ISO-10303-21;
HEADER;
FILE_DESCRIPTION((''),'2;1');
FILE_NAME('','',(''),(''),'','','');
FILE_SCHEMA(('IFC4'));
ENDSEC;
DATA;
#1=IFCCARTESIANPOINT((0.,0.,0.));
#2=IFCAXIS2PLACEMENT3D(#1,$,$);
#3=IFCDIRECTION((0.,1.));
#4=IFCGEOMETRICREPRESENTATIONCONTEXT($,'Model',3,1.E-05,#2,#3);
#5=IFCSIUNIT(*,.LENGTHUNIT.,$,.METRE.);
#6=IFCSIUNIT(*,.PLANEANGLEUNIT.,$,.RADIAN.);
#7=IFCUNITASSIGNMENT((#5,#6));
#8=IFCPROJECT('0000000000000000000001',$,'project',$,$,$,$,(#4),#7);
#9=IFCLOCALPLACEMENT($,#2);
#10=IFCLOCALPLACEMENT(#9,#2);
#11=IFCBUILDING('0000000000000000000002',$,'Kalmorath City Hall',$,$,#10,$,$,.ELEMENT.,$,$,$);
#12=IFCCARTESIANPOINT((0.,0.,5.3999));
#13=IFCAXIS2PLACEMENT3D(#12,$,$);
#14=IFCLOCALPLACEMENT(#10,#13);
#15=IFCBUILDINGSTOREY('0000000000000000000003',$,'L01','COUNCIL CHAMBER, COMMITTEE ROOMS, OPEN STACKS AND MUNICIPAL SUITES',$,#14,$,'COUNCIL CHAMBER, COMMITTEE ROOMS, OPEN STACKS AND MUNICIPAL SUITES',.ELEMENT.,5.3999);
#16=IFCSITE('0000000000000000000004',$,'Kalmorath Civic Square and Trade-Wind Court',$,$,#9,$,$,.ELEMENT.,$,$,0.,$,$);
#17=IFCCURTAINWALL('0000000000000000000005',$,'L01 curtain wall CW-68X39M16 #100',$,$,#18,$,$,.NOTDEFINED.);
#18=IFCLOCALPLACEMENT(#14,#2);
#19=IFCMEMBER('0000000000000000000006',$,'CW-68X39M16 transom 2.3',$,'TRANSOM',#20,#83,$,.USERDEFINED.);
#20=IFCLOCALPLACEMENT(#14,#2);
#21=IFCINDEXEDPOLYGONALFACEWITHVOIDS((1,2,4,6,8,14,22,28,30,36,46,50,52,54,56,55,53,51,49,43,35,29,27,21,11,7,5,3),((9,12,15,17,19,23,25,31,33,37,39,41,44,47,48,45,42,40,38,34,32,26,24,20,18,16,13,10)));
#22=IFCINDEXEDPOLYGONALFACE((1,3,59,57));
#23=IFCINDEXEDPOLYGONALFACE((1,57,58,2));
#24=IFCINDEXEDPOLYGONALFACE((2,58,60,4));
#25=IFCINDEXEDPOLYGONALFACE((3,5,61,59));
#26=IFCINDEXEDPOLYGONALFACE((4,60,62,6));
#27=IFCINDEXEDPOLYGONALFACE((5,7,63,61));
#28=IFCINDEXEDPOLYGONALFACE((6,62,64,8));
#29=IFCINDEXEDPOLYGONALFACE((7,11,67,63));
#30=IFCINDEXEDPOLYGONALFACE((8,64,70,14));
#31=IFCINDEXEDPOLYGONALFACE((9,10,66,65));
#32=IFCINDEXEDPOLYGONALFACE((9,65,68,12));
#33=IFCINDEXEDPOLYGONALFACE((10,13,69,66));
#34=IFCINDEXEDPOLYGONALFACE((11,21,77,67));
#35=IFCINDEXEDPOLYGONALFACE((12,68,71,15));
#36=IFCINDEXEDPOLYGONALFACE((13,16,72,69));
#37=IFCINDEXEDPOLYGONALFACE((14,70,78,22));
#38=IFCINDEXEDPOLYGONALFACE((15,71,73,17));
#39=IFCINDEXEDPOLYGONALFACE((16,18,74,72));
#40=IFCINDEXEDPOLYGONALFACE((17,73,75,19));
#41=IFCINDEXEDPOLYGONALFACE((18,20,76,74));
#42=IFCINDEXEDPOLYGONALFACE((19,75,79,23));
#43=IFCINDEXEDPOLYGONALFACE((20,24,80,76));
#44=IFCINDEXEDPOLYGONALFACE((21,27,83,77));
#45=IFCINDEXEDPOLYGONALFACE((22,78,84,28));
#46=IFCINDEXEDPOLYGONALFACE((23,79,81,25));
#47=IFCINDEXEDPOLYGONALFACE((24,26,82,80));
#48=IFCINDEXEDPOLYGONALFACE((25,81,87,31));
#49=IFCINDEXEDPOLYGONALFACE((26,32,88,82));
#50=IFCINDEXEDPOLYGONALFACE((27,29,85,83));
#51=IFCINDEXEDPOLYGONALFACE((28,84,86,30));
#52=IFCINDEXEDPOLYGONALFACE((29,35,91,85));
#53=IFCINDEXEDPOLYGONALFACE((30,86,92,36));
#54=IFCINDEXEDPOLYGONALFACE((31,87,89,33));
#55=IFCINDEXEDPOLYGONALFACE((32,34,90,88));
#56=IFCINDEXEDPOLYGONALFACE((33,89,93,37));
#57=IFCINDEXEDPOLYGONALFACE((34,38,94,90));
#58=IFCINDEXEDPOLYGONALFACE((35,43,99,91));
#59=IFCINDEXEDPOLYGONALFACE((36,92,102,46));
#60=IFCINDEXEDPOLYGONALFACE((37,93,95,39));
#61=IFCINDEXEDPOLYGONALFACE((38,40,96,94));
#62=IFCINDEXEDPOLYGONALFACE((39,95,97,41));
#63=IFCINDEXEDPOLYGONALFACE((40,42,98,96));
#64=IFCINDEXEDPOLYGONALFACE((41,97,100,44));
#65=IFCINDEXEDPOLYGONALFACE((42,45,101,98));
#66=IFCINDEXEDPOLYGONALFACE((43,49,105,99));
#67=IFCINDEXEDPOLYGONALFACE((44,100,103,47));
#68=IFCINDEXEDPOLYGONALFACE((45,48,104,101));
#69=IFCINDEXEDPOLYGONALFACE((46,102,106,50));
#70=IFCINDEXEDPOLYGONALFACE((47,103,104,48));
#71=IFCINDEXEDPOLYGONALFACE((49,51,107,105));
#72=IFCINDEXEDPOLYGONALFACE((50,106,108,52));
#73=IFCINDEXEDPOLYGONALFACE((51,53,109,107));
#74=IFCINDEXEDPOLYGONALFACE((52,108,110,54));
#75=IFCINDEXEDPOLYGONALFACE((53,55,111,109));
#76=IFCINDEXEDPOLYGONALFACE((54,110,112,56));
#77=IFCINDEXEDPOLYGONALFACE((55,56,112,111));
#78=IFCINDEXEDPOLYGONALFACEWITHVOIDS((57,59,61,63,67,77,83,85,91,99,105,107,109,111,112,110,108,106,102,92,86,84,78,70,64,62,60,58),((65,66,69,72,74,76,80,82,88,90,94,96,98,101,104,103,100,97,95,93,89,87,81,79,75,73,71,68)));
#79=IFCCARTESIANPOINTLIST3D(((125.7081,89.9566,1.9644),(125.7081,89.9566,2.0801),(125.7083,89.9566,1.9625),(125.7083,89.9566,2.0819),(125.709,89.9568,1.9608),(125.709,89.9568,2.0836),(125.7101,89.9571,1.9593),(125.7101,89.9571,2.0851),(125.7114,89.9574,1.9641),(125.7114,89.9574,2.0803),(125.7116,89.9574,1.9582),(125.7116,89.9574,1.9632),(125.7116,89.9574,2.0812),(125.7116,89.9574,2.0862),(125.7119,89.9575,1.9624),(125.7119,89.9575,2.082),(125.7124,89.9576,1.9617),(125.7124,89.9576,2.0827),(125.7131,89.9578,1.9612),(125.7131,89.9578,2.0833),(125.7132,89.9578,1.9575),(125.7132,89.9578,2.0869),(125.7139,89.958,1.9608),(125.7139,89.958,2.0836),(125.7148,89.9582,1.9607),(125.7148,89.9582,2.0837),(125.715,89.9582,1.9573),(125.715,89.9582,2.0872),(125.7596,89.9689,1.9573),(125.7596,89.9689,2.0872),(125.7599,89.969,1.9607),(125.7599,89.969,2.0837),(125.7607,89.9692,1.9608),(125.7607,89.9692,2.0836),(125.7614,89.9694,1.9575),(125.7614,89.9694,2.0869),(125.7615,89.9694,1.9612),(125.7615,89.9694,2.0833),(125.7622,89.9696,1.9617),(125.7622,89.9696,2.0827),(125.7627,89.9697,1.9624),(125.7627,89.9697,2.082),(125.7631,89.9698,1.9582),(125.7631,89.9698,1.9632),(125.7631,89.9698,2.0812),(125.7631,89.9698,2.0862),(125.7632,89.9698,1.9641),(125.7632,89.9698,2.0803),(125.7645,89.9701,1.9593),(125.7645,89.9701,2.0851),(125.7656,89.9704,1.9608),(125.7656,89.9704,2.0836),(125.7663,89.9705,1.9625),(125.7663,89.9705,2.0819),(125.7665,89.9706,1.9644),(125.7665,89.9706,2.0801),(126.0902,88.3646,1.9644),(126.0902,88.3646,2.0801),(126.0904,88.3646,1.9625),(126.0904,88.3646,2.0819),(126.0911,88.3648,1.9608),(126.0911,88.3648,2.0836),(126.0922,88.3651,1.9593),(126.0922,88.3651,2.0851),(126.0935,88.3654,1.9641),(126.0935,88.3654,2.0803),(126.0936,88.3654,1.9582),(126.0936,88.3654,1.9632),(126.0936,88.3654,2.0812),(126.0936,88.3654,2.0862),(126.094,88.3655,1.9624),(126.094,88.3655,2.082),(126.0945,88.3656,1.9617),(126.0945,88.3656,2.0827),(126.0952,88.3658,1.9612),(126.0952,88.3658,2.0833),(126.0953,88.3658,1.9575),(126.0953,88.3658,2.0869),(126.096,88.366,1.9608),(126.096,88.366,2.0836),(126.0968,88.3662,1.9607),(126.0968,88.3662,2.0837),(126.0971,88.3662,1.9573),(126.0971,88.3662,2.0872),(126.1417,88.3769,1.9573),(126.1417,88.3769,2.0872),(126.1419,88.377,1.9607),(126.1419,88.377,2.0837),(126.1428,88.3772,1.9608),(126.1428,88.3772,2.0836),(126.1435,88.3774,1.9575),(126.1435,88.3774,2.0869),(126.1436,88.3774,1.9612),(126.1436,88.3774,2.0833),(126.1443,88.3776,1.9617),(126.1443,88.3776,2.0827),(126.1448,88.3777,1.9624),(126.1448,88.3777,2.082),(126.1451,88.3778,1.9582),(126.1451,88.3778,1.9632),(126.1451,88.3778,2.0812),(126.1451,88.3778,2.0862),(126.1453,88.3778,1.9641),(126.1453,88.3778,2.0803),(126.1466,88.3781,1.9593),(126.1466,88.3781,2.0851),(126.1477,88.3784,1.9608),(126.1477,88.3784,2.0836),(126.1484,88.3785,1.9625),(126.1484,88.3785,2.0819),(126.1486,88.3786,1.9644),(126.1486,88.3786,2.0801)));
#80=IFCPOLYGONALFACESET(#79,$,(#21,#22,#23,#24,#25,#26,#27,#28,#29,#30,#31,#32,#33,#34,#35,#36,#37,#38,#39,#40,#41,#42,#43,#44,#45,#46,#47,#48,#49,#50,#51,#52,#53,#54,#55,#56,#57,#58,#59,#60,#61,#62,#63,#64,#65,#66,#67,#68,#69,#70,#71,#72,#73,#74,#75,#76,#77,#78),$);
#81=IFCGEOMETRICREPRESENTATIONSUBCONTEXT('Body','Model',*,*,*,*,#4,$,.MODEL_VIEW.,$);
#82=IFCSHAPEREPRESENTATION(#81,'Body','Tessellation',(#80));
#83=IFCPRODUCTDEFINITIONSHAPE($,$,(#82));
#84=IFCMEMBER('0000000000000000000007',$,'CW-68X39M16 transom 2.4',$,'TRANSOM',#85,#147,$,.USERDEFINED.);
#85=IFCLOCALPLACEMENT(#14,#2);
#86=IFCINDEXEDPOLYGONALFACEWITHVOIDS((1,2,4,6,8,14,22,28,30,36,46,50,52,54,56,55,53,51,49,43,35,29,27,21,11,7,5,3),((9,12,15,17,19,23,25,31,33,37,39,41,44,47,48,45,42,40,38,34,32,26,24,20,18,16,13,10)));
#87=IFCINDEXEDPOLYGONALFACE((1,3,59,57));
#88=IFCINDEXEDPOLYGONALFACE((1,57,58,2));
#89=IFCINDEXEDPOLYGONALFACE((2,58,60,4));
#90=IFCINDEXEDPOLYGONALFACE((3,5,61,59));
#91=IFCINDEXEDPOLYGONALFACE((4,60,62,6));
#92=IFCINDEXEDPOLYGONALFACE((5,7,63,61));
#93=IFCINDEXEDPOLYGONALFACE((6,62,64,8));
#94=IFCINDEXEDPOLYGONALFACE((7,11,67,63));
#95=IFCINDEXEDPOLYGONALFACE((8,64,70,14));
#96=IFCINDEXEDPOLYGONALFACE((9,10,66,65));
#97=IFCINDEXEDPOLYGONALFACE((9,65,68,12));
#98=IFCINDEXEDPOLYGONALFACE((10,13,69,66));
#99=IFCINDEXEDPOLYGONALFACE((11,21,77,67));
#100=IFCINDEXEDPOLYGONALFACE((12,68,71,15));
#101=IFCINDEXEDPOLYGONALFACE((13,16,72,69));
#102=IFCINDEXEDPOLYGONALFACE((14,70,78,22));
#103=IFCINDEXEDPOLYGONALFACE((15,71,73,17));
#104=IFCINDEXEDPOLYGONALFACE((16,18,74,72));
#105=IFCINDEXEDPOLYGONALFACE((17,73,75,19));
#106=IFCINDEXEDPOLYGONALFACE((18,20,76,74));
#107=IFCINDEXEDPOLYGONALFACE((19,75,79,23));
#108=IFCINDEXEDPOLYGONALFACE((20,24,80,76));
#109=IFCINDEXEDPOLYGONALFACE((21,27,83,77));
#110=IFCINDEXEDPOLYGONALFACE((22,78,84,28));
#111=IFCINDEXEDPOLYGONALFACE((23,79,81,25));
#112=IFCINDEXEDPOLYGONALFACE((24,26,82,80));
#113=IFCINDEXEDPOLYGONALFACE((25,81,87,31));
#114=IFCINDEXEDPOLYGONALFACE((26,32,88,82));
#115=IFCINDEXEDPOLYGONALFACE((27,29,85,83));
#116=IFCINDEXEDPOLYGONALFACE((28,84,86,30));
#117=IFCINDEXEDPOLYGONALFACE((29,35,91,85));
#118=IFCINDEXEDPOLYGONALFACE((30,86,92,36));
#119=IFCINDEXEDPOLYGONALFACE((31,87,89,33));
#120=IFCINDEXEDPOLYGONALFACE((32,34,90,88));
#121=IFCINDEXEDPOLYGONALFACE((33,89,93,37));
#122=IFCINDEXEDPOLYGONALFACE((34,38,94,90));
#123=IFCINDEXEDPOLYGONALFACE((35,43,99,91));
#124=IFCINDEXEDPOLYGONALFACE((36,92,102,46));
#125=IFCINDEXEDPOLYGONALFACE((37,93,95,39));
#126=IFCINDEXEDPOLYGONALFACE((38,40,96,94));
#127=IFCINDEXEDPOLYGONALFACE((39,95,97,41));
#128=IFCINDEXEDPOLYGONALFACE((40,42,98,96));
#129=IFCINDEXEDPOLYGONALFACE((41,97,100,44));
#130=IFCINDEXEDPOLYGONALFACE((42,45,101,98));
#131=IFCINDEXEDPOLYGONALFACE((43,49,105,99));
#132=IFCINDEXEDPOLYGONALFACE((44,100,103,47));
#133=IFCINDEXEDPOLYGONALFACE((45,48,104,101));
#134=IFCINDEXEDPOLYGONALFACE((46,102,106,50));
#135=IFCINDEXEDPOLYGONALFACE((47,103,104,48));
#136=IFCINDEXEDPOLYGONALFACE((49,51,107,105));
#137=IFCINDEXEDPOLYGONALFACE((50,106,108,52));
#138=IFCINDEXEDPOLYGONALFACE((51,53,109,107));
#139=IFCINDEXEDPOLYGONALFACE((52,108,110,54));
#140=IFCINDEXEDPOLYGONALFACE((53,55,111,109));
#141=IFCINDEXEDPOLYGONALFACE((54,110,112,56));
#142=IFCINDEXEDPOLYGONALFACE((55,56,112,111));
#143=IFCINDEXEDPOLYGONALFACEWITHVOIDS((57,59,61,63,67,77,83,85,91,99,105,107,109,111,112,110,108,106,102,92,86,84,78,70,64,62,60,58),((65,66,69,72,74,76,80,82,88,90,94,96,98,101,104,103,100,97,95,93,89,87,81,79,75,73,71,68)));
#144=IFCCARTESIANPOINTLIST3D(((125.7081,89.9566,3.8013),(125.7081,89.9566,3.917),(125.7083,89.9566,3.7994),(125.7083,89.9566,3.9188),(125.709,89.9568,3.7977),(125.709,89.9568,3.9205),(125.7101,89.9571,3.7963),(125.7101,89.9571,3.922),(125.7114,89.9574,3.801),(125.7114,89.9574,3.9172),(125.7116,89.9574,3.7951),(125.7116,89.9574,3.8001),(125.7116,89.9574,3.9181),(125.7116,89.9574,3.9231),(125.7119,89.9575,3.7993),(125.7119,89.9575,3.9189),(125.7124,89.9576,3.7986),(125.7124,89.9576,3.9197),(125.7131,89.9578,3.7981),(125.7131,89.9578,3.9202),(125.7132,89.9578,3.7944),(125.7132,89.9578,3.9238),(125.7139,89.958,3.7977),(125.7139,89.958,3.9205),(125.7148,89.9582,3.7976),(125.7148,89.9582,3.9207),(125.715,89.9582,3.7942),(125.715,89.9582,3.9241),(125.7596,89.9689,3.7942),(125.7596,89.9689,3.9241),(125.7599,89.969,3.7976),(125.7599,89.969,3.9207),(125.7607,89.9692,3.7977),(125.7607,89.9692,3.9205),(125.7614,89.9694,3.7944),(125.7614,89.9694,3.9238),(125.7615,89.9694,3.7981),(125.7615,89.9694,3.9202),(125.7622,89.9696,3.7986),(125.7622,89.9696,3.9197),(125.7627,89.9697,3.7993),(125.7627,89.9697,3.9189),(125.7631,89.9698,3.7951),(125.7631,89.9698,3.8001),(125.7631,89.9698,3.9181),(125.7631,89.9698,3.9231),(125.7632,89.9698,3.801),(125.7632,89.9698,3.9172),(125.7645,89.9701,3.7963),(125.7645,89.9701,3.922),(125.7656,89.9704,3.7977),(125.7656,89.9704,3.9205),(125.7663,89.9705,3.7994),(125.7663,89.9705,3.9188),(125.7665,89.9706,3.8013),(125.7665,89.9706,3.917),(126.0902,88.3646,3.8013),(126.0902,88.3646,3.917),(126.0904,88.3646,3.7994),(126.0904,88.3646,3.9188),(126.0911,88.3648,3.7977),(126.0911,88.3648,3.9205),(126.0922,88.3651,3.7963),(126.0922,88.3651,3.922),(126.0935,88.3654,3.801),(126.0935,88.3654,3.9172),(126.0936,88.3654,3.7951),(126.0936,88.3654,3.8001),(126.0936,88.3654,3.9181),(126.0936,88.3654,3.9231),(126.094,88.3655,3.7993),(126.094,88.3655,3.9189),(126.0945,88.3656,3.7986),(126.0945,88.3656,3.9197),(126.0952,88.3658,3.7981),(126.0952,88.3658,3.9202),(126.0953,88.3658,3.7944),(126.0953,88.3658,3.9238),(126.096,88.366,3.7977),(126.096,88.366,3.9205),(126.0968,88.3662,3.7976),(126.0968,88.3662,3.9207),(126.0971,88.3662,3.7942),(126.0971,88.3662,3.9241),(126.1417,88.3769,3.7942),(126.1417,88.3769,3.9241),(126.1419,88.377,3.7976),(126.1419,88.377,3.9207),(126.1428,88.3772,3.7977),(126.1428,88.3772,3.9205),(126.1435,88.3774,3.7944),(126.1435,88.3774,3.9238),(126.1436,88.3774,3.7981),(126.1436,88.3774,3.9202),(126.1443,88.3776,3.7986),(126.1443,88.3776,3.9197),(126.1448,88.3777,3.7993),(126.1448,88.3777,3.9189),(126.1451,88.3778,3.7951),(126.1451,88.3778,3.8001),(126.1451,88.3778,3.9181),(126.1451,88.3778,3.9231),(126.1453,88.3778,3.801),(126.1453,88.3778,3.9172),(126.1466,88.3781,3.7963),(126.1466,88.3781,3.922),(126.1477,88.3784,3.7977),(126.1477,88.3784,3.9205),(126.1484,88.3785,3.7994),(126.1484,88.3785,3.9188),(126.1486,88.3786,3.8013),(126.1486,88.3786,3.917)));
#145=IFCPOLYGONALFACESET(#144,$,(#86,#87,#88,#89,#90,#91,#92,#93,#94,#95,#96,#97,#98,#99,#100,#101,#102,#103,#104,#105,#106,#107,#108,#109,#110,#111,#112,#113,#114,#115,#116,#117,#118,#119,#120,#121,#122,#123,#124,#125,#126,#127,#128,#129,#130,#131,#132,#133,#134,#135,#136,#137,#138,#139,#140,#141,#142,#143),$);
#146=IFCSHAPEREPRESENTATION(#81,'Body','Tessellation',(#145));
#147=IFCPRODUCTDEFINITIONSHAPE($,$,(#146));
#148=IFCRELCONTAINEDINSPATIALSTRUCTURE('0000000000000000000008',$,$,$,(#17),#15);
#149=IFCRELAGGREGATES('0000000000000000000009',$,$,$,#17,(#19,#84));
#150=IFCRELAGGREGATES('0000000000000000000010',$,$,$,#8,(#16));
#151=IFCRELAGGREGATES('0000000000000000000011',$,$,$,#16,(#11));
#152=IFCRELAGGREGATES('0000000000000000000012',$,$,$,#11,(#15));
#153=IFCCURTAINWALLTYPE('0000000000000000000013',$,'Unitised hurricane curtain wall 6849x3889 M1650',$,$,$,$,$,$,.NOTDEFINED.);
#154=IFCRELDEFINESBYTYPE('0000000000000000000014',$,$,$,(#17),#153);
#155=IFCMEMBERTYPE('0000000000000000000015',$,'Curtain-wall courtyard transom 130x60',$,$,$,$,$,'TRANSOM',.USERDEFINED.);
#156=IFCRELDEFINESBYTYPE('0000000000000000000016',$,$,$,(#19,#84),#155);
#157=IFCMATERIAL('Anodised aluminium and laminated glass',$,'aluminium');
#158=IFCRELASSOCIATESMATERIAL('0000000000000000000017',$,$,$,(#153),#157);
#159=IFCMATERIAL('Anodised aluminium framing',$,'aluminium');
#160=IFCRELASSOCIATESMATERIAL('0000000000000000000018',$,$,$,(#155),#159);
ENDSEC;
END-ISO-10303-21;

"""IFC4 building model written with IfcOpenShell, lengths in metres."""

from ifc_helpers import new_model, si_unit, direction, frame, origin, origin_2d, place, context, subcontext, project, spatial, hollow_rectangle, extrude, material, material_profile, profile_set, type_object, element, aggregate, save


model = new_model("IFC4")

# Units and contexts
model_context = context("Model", 3, precision=1e-05, world=origin(), true_north=direction((0.0, 1.0)))
body_context = subcontext(model_context, "Body", "Model", "MODEL_VIEW")
ifc_project = project(units=[si_unit("LENGTHUNIT", "METRE"), si_unit("PLANEANGLEUNIT", "RADIAN")], contexts=[model_context])

# Site, building, storey
site_placement = place(None, origin())
site = spatial("IfcSite", under=ifc_project, at=site_placement, Name="Kalmorath Civic Square and Trade-Wind Court", CompositionType="ELEMENT", RefElevation=0.0)
building_placement = place(site_placement, origin())
building = spatial("IfcBuilding", under=site, at=building_placement, Name="Kalmorath City Hall", CompositionType="ELEMENT")
storey_placement = place(building_placement, frame((0.0, 0.0, 5.3999)))
storey = spatial("IfcBuildingStorey", under=building, at=storey_placement, Name="L01", Description="COUNCIL CHAMBER, COMMITTEE ROOMS, OPEN STACKS AND MUNICIPAL SUITES", LongName="COUNCIL CHAMBER, COMMITTEE ROOMS, OPEN STACKS AND MUNICIPAL SUITES", CompositionType="ELEMENT", Elevation=5.3999)

# Curtain wall, members
ifc_material_1 = material(Name="Anodised aluminium and laminated glass", Category="aluminium")
curtain_wall_type = type_object("IfcCurtainWallType", Name="Unitised hurricane curtain wall 6849x3889 M1650", PredefinedType="NOTDEFINED", material=ifc_material_1)
curtain_wall_placement = place(storey_placement, origin())
curtain_wall = element("IfcCurtainWall", 1, at=curtain_wall_placement, inside=storey, type_object=curtain_wall_type, Name="L01 curtain wall CW-68X39M16 #100", PredefinedType="NOTDEFINED")
ifc_material_2 = material(Name="Anodised aluminium framing", Category="aluminium")
ifc_material_profile_1 = material_profile(ifc_material_2, hollow_rectangle(XDim=0.0601, YDim=0.1299, WallThickness=0.0034, InnerFilletRadius=0.0034, OuterFilletRadius=0.0071, at=origin_2d()), Name="ALU-TRN-130X60X3.5")
ifc_profile_set_1 = profile_set([ifc_material_profile_1], Name="Anodised aluminium framing")
member_type_1 = type_object("IfcMemberType", Name="Curtain-wall courtyard transom 130x60", ElementType="TRANSOM", PredefinedType="USERDEFINED", material=ifc_profile_set_1)
member_1_placement = place(storey_placement, frame((126.1194, 88.3716, 2.0222), z_axis=(-0.233367, 0.972389, 0.0), x_axis=(-0.972389, -0.233367, 0.0)))
member_1 = element("IfcMember", 2, at=member_1_placement, type_object=member_type_1, Name="CW-68X39M16 transom 2.3", ObjectType="TRANSOM", PredefinedType="USERDEFINED", context=body_context, shape_type="SweptSolid", body=[
    extrude(hollow_rectangle(XDim=0.0601, YDim=0.1299, WallThickness=0.0034, InnerFilletRadius=0.0034, OuterFilletRadius=0.0071, at=origin_2d()), origin(), (0.0, 0.0, 1.0), 1.6372),
])
member_2_placement = place(storey_placement, frame((126.1194, 88.3716, 3.8591), z_axis=(-0.233367, 0.972389, 0.0), x_axis=(-0.972389, -0.233367, 0.0)))
member_2 = element("IfcMember", 3, at=member_2_placement, type_object=member_type_1, Name="CW-68X39M16 transom 2.4", ObjectType="TRANSOM", PredefinedType="USERDEFINED", context=body_context, shape_type="SweptSolid", body=[
    extrude(hollow_rectangle(XDim=0.0601, YDim=0.1299, WallThickness=0.0034, InnerFilletRadius=0.0034, OuterFilletRadius=0.0071, at=origin_2d()), origin(), (0.0, 0.0, 1.0), 1.6372),
])

aggregate(curtain_wall, [member_1, member_2])

save(model, "model.ifc")
